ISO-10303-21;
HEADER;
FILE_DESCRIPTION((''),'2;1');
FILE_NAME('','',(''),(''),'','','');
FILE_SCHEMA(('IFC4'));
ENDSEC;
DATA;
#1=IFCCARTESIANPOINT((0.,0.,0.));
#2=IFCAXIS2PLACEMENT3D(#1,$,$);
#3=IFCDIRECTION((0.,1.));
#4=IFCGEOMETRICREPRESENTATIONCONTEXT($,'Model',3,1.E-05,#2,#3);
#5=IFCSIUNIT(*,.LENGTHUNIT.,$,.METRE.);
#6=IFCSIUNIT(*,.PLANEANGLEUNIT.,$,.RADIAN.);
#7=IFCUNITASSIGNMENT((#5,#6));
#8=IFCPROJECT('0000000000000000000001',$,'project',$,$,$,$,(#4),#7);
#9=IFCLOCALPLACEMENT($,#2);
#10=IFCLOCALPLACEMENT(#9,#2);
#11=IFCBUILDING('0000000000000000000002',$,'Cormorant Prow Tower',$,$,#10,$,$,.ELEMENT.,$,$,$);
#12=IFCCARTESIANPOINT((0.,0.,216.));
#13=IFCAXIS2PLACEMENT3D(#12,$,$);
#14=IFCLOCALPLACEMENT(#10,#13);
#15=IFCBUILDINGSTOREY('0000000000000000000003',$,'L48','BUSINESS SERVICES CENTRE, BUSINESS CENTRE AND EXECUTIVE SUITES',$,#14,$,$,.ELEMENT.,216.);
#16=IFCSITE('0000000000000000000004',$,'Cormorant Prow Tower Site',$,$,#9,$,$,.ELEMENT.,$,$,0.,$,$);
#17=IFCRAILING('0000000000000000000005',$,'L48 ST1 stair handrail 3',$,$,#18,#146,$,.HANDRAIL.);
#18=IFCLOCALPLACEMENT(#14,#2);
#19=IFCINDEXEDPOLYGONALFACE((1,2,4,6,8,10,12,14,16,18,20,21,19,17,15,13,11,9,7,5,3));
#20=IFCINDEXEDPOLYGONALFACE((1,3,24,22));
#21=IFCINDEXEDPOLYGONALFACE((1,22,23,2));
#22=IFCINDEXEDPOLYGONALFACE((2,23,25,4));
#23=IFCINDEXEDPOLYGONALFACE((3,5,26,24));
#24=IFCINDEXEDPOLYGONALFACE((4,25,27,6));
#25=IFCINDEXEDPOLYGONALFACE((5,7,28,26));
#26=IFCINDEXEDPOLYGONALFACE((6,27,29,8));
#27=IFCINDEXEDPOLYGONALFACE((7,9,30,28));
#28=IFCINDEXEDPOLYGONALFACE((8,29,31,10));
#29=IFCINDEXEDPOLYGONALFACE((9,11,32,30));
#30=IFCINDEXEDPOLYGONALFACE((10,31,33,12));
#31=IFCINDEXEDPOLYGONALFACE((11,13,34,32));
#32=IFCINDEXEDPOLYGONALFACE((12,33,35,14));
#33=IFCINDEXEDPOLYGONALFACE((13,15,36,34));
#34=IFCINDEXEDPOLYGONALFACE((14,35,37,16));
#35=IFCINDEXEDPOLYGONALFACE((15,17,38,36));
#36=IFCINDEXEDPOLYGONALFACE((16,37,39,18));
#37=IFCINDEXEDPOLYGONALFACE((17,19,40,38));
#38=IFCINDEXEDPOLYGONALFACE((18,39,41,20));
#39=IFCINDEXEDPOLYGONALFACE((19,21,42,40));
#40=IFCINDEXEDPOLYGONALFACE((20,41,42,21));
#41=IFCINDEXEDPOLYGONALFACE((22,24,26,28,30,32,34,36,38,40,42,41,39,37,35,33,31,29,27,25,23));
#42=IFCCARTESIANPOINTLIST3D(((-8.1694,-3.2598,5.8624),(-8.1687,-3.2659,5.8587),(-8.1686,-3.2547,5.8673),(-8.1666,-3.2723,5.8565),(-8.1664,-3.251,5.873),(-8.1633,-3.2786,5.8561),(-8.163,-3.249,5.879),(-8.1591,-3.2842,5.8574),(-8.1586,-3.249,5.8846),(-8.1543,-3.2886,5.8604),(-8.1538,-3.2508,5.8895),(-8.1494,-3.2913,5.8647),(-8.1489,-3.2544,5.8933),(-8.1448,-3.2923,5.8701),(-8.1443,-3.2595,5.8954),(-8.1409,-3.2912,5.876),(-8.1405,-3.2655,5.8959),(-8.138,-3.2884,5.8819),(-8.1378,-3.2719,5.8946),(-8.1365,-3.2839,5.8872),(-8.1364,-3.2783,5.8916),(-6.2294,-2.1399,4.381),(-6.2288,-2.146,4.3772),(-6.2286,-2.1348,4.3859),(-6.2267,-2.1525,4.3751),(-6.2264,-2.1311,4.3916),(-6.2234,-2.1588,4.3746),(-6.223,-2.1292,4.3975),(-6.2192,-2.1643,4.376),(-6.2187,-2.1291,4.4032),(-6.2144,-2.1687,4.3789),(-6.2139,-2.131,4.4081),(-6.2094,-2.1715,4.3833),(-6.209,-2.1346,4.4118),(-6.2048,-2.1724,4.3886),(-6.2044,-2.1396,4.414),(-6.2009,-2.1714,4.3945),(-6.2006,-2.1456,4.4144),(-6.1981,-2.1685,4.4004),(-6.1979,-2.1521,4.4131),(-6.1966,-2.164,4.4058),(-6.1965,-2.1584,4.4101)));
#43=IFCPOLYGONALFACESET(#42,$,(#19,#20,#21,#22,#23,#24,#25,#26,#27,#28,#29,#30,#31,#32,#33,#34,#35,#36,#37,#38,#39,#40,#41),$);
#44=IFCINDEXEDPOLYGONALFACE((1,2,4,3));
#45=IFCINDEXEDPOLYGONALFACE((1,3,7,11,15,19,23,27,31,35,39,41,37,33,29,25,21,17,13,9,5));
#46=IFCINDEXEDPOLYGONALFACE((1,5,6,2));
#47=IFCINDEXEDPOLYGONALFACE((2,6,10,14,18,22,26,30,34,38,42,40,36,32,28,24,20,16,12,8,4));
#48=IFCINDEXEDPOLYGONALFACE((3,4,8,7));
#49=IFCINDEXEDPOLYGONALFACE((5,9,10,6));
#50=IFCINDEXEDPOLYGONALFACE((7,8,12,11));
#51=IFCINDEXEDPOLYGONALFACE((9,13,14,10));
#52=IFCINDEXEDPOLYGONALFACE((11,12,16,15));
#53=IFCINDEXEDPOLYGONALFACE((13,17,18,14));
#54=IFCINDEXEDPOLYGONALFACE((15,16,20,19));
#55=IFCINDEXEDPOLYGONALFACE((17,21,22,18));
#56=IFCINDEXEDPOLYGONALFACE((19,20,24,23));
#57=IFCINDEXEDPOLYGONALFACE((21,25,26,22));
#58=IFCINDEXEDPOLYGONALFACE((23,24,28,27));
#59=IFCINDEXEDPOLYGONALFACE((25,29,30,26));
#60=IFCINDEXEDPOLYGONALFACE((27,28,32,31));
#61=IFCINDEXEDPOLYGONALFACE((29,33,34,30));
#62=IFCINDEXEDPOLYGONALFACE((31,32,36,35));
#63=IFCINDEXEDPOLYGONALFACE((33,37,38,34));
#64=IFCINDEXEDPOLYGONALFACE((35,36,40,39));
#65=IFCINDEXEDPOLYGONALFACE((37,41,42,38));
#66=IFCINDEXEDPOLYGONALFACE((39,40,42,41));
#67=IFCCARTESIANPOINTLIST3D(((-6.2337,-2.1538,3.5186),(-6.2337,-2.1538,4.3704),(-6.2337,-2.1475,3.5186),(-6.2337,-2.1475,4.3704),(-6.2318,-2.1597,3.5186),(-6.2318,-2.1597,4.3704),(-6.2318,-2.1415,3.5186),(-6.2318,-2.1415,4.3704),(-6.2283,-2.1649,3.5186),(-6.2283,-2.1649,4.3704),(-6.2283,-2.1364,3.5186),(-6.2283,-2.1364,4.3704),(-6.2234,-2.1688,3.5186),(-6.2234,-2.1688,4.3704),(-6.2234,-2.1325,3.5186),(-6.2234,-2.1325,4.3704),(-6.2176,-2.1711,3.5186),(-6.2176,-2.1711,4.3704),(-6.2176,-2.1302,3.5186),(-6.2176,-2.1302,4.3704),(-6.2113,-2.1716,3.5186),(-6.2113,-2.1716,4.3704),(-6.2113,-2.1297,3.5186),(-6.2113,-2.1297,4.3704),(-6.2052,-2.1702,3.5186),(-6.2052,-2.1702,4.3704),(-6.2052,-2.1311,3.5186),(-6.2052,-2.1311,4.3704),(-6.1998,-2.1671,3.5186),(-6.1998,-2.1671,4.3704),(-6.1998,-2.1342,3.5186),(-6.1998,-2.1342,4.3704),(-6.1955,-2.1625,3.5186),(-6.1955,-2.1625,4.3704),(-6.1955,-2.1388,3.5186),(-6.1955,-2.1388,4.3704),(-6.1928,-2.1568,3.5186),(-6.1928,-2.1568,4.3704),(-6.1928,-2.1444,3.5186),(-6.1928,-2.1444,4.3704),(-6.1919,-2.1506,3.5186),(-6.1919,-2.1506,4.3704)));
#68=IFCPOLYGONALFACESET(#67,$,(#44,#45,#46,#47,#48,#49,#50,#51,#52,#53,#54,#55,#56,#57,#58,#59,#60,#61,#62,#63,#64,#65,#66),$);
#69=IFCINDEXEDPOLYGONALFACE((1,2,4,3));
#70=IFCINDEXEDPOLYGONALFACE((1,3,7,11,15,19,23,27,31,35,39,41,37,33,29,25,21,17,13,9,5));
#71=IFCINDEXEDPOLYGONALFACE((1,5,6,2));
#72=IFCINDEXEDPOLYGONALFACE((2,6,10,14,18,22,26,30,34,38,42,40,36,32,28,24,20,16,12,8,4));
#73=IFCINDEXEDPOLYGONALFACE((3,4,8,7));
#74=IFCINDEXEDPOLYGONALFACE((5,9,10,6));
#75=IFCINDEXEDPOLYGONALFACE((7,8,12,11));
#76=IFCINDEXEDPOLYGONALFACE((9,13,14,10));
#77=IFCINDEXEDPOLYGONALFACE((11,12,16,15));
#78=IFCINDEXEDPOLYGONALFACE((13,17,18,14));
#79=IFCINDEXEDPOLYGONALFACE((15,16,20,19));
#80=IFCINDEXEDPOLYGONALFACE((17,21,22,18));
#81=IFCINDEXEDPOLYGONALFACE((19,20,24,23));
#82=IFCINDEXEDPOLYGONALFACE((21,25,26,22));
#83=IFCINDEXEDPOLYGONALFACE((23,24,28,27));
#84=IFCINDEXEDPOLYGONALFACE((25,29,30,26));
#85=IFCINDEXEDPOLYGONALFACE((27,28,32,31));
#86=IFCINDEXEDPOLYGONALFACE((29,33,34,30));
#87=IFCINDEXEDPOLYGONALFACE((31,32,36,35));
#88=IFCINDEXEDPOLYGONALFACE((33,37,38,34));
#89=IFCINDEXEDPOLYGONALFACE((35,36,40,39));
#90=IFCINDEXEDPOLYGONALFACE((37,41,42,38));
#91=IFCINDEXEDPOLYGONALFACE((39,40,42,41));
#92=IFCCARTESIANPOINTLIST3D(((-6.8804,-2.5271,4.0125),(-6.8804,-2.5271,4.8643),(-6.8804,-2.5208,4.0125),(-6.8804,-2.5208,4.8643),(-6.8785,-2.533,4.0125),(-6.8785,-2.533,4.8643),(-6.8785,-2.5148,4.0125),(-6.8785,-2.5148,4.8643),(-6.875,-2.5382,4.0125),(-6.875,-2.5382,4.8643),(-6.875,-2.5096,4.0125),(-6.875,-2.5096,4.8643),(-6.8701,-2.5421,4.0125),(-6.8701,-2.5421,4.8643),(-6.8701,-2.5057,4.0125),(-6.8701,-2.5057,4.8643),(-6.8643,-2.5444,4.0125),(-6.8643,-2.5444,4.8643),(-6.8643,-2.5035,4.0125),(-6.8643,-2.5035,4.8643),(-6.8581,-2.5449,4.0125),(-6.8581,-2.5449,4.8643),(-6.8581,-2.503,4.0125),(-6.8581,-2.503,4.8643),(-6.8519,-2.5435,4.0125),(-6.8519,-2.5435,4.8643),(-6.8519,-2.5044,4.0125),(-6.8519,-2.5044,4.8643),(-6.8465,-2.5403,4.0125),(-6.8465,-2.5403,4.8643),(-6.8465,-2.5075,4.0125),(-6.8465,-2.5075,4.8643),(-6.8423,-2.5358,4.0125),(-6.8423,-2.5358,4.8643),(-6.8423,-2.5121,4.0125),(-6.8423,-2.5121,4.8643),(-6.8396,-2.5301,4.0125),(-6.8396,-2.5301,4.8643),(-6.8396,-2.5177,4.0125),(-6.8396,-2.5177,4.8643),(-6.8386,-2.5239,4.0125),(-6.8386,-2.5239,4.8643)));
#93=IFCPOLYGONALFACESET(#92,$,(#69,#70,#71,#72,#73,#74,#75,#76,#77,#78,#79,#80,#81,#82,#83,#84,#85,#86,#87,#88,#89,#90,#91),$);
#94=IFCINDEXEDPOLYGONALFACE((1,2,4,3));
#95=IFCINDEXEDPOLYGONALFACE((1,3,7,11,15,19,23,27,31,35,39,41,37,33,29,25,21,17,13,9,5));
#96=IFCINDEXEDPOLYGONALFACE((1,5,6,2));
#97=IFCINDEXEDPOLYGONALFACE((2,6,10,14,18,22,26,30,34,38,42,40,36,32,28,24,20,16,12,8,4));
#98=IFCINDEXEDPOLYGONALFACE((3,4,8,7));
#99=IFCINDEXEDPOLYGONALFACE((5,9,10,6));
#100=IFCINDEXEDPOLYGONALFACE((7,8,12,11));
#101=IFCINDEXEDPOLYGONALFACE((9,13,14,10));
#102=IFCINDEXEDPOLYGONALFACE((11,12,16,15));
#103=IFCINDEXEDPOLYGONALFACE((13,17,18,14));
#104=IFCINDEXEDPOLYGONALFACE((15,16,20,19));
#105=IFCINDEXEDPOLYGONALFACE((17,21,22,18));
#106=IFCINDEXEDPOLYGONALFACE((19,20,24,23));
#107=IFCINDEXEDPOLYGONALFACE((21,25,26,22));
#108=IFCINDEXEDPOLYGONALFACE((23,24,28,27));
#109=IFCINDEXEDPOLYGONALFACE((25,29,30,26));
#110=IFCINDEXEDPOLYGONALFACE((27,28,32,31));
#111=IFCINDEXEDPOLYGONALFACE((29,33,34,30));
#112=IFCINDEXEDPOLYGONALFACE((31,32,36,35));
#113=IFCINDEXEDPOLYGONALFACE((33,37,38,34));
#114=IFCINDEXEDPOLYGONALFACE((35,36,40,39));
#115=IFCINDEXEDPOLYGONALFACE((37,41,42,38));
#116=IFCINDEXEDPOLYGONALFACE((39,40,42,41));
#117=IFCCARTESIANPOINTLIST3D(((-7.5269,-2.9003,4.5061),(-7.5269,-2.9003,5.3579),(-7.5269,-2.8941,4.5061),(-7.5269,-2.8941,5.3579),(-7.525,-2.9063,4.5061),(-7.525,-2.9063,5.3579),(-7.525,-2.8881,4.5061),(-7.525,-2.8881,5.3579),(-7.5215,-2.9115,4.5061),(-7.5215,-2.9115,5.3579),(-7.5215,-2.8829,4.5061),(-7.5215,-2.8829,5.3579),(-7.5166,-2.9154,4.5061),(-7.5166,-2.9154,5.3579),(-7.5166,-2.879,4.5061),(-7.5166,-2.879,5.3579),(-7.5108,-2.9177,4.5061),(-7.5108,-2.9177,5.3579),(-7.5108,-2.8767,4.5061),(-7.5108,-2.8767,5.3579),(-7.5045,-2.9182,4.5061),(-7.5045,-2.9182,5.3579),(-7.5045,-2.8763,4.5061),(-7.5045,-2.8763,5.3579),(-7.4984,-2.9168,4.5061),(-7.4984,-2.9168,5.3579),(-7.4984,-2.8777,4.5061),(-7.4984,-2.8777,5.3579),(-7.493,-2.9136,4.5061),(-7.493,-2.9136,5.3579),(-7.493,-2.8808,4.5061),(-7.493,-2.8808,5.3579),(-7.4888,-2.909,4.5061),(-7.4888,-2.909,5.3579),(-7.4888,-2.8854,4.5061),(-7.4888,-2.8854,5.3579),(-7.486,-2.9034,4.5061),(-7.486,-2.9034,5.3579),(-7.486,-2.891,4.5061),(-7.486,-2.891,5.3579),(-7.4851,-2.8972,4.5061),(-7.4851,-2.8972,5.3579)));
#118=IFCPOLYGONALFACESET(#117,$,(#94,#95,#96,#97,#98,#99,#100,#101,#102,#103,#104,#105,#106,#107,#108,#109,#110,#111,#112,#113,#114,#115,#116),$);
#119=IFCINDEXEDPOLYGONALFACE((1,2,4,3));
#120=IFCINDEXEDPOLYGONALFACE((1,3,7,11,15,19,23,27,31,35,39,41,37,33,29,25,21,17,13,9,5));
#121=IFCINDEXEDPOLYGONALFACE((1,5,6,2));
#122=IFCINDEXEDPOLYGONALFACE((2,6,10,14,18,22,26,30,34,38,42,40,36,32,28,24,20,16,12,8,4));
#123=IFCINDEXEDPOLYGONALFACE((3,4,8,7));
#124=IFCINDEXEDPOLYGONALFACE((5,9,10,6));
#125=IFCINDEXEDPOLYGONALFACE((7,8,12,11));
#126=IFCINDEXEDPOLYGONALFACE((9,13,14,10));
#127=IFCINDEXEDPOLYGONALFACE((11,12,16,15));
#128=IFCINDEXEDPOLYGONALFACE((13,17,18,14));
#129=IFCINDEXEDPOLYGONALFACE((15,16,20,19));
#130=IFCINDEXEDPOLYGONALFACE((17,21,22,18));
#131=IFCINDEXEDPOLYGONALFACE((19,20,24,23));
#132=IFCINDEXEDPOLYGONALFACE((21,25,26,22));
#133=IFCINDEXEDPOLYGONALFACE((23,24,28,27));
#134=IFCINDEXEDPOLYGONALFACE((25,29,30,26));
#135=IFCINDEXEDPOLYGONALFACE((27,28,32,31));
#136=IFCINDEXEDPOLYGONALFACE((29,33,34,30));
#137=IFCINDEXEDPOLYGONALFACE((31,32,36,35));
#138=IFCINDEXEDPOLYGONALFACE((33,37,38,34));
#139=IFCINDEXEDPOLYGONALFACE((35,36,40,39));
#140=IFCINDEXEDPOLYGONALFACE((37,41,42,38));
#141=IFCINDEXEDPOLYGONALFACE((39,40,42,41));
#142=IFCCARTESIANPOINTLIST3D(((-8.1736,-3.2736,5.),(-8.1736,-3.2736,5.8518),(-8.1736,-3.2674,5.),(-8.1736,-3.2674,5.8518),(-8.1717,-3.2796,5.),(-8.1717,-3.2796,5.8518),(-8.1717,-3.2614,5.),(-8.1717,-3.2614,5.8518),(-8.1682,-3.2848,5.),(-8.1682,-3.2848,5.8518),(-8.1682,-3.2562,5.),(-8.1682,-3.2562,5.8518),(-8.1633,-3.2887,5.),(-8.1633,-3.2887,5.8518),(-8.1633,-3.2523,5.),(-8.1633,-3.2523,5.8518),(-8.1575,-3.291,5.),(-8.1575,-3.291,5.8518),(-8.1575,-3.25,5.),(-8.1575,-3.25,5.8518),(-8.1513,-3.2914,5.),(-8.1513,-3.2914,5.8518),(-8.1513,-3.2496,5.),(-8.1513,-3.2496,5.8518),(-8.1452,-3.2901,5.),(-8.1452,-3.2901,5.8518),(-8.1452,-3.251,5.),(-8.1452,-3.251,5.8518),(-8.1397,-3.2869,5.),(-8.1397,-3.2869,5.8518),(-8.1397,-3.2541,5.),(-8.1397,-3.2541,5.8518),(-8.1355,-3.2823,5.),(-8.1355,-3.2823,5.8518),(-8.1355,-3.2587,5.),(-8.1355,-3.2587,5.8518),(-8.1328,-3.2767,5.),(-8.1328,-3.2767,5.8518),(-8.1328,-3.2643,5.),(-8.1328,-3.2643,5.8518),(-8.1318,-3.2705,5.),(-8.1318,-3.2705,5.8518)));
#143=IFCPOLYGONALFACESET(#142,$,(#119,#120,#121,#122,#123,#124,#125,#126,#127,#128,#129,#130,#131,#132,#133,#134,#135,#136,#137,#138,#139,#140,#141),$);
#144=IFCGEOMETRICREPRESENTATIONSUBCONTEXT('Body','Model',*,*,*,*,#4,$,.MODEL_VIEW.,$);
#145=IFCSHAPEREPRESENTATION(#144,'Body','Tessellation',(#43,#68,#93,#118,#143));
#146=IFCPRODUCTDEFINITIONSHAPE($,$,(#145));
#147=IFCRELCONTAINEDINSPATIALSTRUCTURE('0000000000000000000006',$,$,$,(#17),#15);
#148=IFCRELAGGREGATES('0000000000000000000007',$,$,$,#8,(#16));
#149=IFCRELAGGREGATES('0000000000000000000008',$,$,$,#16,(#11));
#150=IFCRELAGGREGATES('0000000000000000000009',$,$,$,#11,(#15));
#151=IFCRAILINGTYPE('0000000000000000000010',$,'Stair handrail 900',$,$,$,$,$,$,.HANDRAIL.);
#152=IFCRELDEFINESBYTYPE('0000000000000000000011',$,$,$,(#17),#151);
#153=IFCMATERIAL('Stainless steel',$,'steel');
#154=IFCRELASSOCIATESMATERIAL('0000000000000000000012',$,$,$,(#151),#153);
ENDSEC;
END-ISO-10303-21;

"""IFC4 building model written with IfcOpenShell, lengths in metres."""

from ifc_helpers import new_model, si_unit, direction, frame, origin, origin_2d, place, context, subcontext, project, spatial, circle, extrude, material, type_object, element, save


model = new_model("IFC4")

# Units and contexts
model_context = context("Model", 3, precision=1e-05, world=origin(), true_north=direction((0.0, 1.0)))
body_context = subcontext(model_context, "Body", "Model", "MODEL_VIEW")
ifc_project = project(units=[si_unit("LENGTHUNIT", "METRE"), si_unit("PLANEANGLEUNIT", "RADIAN")], contexts=[model_context])

# Site, building, storey
site_placement = place(None, origin())
site = spatial("IfcSite", under=ifc_project, at=site_placement, Name="Cormorant Prow Tower Site", CompositionType="ELEMENT", RefElevation=0.0)
building_placement = place(site_placement, origin())
building = spatial("IfcBuilding", under=site, at=building_placement, Name="Cormorant Prow Tower", CompositionType="ELEMENT")
storey_placement = place(building_placement, frame((0.0, 0.0, 216.0)))
storey = spatial("IfcBuildingStorey", under=building, at=storey_placement, Name="L48", Description="BUSINESS SERVICES CENTRE, BUSINESS CENTRE AND EXECUTIVE SUITES", CompositionType="ELEMENT", Elevation=216.0)

# Railing
ifc_material_1 = material(Name="Stainless steel", Category="steel")
railing_type_1 = type_object("IfcRailingType", Name="Stair handrail 900", PredefinedType="HANDRAIL", material=ifc_material_1)
for number, where, name in (
    (1, (-6.2129, -2.1506, 3.5186), "L48 ST1 stair handrail 3"),
):
    element("IfcRailing", number, at=place(storey_placement, frame(where)), inside=storey, type_object=railing_type_1, Name=name, PredefinedType="HANDRAIL", context=body_context, shape_type="SweptSolid", body=[
        extrude(circle(Radius=0.0239, at=origin_2d()), frame((0.0, 0.0, 0.876), z_axis=(-0.722363, -0.417, 0.551636), x_axis=(0.499949, -0.866055, 0.0)), (0.0, 0.0, 1.0), 2.6855),
        extrude(circle(Radius=0.021, at=origin_2d()), origin(), (0.0, 0.0, 1.0), 0.8518),
        extrude(circle(Radius=0.021, at=origin_2d()), frame((-0.6467, -0.3733, 0.4939)), (0.0, 0.0, 1.0), 0.8518),
        extrude(circle(Radius=0.021, at=origin_2d()), frame((-1.2932, -0.7466, 0.9875)), (0.0, 0.0, 1.0), 0.8518),
        extrude(circle(Radius=0.021, at=origin_2d()), frame((-1.9399, -1.1199, 1.4814)), (0.0, 0.0, 1.0), 0.8518),
    ])

save(model, "model.ifc")
